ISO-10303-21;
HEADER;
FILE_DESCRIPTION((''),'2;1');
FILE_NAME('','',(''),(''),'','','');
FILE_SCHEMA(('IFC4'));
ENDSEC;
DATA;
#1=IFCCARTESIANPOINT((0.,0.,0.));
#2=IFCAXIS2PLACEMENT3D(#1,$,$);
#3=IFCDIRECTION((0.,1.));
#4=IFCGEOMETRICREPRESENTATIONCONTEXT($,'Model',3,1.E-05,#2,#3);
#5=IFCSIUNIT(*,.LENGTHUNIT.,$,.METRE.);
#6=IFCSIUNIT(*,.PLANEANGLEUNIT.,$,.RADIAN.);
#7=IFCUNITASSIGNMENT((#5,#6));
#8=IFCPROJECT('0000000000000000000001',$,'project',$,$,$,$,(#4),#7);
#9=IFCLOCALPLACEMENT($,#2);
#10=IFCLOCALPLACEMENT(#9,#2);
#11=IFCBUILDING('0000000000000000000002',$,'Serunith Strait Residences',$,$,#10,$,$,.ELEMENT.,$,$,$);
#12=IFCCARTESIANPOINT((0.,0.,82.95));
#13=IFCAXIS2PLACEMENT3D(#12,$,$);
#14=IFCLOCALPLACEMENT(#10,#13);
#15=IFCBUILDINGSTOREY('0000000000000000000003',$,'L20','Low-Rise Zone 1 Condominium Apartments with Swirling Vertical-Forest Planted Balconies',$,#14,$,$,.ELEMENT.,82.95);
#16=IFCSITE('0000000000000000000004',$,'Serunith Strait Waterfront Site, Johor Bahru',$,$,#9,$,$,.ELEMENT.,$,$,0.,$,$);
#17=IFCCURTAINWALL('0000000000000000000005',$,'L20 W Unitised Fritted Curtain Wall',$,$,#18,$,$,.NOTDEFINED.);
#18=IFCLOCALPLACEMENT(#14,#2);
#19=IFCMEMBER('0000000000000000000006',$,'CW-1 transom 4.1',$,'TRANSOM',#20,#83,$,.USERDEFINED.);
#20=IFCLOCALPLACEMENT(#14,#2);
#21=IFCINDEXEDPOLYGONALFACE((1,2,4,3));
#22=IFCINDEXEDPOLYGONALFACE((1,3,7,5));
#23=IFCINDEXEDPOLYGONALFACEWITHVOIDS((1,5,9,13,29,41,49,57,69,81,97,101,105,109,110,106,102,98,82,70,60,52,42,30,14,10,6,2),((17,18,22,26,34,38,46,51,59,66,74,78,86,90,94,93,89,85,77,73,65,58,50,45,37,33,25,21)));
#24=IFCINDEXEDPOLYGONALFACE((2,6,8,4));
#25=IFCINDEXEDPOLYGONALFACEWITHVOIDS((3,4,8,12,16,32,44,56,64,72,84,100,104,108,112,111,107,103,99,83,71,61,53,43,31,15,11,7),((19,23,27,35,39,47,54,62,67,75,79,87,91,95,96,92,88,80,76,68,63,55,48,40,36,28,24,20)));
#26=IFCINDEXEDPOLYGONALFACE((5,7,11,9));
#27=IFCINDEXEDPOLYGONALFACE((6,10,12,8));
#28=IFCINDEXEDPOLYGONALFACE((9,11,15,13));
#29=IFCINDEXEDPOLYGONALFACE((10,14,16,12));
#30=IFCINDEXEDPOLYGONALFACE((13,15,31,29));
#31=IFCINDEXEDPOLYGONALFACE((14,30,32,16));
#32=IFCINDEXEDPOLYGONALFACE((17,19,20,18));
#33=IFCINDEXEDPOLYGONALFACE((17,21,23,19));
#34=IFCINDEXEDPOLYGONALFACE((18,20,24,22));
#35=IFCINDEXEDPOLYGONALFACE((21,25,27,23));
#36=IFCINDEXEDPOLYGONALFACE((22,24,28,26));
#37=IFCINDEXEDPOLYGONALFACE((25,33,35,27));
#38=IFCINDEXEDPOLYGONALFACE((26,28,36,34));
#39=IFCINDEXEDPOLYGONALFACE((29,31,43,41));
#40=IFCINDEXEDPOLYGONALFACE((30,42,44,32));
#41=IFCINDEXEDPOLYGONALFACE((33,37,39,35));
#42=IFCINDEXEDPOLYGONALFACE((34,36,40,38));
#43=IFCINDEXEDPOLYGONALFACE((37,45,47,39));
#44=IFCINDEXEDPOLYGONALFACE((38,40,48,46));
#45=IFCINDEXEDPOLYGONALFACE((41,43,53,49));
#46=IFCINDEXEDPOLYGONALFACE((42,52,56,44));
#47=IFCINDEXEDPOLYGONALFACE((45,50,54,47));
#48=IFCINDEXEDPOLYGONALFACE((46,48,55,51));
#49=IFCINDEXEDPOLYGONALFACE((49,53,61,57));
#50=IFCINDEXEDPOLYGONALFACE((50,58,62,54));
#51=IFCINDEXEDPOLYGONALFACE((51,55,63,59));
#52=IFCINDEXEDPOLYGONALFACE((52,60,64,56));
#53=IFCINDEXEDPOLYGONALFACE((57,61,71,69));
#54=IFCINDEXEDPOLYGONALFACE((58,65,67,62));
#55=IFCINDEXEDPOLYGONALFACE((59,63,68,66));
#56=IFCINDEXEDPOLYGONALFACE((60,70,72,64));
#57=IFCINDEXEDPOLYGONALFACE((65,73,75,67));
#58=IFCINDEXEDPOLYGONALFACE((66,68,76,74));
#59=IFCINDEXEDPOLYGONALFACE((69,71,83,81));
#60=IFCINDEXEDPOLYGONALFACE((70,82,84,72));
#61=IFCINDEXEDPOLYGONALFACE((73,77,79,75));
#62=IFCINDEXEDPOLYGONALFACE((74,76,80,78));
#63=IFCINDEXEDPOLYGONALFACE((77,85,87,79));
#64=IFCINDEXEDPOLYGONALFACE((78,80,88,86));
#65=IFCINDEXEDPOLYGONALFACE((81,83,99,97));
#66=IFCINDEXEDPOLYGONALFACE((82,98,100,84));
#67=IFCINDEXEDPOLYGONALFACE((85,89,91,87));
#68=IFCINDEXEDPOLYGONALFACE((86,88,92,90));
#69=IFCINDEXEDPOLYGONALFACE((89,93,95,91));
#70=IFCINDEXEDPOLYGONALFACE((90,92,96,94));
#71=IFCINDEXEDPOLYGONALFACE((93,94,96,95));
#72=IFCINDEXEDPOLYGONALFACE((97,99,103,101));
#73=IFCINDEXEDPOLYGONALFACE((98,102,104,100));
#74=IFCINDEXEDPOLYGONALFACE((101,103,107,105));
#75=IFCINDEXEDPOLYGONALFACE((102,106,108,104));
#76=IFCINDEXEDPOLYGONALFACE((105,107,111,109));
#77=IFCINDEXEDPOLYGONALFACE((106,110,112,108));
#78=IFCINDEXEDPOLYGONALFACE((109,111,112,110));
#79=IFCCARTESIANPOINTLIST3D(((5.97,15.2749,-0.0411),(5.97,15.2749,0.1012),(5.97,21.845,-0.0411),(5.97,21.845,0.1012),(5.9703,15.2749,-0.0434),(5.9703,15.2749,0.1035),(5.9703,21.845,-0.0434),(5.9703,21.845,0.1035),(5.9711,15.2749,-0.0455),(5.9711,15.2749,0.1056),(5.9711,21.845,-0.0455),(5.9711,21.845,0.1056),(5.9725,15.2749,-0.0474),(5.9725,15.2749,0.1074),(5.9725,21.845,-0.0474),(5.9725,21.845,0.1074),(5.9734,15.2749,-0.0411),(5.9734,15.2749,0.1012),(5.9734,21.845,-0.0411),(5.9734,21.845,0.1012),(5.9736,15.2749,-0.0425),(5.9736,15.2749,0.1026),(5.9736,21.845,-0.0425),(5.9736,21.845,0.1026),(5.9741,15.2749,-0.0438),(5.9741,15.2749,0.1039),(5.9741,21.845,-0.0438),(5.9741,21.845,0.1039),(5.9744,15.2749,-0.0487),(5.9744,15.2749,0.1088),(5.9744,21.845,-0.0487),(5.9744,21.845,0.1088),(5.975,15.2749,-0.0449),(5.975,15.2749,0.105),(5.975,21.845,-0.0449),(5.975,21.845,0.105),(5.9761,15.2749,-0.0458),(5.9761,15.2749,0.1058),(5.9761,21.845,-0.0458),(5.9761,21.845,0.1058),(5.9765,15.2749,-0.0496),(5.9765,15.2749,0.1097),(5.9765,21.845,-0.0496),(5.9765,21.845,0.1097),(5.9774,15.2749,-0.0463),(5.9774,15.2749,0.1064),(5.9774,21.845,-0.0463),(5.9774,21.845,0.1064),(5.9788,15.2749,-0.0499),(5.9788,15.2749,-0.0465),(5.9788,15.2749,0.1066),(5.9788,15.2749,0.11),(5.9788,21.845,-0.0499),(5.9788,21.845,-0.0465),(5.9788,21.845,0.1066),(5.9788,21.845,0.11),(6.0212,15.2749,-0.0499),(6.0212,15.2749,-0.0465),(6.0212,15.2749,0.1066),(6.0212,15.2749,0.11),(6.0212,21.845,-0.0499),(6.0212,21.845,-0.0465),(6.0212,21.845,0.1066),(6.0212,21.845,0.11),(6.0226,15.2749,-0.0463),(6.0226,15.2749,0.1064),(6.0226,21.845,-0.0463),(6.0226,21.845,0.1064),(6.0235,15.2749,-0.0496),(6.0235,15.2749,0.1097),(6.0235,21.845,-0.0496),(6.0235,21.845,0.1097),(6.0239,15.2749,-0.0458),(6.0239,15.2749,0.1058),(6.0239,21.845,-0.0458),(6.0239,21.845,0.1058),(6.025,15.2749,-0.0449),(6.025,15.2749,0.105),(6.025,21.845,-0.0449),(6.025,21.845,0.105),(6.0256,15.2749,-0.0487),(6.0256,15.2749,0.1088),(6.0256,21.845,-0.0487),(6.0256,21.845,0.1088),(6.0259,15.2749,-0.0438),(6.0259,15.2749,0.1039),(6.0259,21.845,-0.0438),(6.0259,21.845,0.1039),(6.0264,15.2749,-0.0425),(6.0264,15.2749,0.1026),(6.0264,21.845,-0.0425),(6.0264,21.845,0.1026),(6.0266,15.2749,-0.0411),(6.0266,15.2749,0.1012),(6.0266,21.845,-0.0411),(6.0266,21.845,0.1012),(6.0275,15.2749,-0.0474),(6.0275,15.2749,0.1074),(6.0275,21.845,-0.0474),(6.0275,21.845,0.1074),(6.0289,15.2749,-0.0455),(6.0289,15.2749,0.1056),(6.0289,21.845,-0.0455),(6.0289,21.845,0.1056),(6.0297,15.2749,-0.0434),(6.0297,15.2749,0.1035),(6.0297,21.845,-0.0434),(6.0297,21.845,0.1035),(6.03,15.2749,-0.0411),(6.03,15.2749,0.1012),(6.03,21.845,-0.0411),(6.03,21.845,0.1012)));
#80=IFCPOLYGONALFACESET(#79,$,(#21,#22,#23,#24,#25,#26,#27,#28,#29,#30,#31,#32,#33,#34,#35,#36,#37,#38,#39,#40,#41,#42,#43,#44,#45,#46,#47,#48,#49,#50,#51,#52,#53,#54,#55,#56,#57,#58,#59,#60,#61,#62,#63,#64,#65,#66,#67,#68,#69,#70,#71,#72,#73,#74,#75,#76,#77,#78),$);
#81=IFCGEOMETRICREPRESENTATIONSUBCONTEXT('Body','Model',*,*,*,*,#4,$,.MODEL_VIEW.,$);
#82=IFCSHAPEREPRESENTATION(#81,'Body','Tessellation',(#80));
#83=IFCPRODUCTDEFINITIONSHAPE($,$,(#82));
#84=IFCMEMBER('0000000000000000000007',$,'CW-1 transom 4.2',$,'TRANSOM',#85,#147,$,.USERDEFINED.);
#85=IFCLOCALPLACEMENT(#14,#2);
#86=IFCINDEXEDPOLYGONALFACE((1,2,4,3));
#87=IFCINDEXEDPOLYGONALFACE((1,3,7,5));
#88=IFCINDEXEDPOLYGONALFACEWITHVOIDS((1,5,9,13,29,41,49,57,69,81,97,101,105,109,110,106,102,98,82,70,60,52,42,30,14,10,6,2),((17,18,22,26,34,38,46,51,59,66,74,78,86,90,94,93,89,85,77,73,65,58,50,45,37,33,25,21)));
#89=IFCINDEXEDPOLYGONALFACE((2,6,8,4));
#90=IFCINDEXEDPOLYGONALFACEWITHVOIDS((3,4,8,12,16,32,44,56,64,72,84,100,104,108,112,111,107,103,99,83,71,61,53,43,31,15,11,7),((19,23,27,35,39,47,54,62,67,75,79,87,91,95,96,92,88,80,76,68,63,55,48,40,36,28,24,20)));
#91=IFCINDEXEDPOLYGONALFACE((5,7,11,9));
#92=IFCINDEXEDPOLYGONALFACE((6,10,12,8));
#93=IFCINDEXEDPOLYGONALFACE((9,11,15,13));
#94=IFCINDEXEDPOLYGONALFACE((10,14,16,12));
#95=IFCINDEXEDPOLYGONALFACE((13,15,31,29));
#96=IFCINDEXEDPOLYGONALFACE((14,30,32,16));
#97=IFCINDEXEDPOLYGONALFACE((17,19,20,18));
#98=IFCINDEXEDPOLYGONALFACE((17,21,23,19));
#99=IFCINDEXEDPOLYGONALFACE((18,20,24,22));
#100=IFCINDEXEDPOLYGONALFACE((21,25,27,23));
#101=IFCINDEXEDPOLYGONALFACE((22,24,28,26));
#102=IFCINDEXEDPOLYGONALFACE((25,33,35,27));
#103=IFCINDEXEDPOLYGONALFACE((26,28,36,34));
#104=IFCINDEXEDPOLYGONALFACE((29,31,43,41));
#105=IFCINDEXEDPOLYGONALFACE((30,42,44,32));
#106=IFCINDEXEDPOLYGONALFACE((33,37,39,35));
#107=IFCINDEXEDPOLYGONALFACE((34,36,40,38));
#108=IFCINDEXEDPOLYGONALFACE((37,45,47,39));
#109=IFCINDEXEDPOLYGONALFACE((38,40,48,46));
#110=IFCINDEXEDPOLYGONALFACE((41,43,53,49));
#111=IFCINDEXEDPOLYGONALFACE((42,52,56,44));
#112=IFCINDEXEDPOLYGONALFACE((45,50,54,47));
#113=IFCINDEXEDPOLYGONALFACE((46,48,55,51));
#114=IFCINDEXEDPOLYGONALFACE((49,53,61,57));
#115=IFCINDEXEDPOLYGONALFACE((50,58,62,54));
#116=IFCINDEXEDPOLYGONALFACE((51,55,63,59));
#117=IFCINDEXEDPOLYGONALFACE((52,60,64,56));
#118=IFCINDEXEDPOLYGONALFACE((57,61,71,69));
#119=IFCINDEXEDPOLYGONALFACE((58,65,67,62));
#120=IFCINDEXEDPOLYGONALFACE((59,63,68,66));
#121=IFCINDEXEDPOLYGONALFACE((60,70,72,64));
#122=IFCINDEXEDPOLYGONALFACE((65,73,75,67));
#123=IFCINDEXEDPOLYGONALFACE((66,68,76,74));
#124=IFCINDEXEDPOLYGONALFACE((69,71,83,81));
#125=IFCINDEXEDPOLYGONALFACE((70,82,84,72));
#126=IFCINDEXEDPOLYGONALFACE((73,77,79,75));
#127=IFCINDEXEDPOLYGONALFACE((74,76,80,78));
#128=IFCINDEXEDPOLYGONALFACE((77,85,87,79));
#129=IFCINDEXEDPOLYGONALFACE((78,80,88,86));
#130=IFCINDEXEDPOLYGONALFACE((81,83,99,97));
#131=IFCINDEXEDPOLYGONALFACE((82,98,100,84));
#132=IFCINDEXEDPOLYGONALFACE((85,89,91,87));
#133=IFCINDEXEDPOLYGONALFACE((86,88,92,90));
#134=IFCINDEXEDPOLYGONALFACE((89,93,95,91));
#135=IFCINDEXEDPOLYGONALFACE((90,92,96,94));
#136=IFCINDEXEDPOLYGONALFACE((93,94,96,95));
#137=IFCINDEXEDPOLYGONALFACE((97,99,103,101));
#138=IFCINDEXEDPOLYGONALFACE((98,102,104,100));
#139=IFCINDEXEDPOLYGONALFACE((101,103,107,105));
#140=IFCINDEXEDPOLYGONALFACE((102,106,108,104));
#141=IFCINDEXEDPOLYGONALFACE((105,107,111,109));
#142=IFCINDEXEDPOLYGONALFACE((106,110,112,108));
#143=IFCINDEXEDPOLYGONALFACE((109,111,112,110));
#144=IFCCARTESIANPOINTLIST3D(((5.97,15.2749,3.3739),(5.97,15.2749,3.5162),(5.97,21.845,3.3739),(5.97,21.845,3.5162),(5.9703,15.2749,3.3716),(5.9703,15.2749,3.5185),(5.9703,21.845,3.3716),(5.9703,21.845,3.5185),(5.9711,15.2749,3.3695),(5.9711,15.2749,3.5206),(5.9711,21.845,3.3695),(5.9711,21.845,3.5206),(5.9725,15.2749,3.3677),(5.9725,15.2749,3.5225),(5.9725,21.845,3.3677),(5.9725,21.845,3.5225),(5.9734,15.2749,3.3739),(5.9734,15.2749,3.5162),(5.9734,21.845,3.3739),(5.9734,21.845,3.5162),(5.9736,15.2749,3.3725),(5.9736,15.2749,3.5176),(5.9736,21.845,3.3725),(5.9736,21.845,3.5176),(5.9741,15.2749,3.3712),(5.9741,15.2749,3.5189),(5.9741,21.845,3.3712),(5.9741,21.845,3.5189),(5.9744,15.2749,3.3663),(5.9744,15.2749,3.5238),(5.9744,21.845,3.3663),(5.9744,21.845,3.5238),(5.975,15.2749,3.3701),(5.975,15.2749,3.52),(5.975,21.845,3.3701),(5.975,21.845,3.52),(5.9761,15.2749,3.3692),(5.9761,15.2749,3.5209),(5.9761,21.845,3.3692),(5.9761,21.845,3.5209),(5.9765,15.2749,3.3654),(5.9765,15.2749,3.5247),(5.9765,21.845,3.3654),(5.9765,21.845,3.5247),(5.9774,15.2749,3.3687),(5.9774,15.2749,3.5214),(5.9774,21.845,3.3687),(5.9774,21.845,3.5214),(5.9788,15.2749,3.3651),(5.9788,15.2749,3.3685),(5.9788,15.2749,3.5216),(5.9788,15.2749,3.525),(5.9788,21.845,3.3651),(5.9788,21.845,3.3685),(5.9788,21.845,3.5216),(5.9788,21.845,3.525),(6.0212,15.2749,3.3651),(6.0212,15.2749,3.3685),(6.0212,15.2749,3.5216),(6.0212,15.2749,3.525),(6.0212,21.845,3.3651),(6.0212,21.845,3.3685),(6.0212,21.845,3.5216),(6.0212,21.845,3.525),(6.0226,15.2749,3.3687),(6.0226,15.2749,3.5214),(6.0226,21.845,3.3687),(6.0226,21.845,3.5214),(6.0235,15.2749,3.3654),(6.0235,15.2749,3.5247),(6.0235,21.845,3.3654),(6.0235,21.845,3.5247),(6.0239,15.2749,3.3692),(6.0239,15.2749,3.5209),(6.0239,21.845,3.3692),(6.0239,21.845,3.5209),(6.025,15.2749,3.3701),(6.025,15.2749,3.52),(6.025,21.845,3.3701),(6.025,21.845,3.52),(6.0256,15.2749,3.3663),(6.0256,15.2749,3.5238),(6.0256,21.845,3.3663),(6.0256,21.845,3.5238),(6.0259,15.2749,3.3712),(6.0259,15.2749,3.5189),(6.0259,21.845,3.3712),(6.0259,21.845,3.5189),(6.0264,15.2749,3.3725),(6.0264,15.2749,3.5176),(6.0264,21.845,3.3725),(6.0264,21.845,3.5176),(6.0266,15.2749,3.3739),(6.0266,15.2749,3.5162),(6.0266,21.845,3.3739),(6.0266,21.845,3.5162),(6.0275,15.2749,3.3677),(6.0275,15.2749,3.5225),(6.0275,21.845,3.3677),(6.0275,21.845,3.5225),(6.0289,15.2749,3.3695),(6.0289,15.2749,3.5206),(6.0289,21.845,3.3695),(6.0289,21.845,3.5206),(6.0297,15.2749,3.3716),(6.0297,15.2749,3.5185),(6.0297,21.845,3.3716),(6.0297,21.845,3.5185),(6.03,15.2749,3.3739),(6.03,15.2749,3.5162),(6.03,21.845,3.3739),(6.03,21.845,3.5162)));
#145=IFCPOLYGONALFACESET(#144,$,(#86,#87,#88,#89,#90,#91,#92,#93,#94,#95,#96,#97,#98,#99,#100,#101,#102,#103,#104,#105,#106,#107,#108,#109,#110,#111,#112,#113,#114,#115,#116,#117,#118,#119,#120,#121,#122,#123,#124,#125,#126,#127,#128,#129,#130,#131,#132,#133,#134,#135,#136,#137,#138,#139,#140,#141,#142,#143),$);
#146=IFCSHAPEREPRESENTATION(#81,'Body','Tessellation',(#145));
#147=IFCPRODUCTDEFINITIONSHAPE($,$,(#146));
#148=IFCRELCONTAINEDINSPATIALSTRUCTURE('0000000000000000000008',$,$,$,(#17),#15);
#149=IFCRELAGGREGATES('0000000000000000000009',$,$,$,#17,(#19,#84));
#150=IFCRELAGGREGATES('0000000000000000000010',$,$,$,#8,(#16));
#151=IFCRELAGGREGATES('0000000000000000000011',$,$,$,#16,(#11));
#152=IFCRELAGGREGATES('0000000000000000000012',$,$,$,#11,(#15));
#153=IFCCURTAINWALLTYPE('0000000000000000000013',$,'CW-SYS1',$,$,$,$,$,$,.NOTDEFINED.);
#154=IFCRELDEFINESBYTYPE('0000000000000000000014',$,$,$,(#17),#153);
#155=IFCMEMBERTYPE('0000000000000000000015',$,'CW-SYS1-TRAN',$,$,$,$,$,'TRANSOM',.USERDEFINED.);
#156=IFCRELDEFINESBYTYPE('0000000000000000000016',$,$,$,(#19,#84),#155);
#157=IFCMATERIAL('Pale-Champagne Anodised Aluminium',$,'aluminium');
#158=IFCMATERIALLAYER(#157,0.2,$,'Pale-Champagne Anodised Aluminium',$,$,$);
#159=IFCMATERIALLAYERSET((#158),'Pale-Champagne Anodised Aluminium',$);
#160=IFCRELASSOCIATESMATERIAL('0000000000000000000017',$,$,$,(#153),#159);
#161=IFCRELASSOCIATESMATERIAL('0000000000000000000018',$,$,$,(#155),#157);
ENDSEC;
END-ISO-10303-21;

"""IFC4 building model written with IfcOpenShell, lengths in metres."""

from ifc_helpers import new_model, si_unit, direction, frame, origin, origin_2d, place, context, subcontext, project, spatial, hollow_rectangle, extrude, source, transform, mapped, material, layer, layer_set, material_profile, profile_set, type_object, element, aggregate, save


model = new_model("IFC4")

# Units and contexts
model_context = context("Model", 3, precision=1e-05, world=origin(), true_north=direction((0.0, 1.0)))
body_context = subcontext(model_context, "Body", "Model", "MODEL_VIEW")
ifc_project = project(units=[si_unit("LENGTHUNIT", "METRE"), si_unit("PLANEANGLEUNIT", "RADIAN")], contexts=[model_context])

# Site, building, storey
site_placement = place(None, origin())
site = spatial("IfcSite", under=ifc_project, at=site_placement, Name="Serunith Strait Waterfront Site, Johor Bahru", CompositionType="ELEMENT", RefElevation=0.0)
building_placement = place(site_placement, origin())
building = spatial("IfcBuilding", under=site, at=building_placement, Name="Serunith Strait Residences", CompositionType="ELEMENT")
storey_placement = place(building_placement, frame((0.0, 0.0, 82.95)))
storey = spatial("IfcBuildingStorey", under=building, at=storey_placement, Name="L20", Description="Low-Rise Zone 1 Condominium Apartments with Swirling Vertical-Forest Planted Balconies", CompositionType="ELEMENT", Elevation=82.95)

# Curtain wall, members
ifc_material_1 = material(Name="Pale-Champagne Anodised Aluminium", Category="aluminium")
ifc_layer_1 = layer(ifc_material_1, 0.2, Name="Pale-Champagne Anodised Aluminium")
ifc_layer_set_1 = layer_set([ifc_layer_1], Name="Pale-Champagne Anodised Aluminium")
curtain_wall_type = type_object("IfcCurtainWallType", Name="CW-SYS1", PredefinedType="NOTDEFINED", material=ifc_layer_set_1)
curtain_wall_placement = place(storey_placement, origin())
curtain_wall = element("IfcCurtainWall", 1, at=curtain_wall_placement, inside=storey, type_object=curtain_wall_type, Name="L20 W Unitised Fritted Curtain Wall", PredefinedType="NOTDEFINED")
ifc_material_profile_1 = material_profile(ifc_material_1, hollow_rectangle(XDim=0.0601, YDim=0.1599, WallThickness=0.0034, InnerFilletRadius=0.0054, OuterFilletRadius=0.0088, at=origin_2d()), Name="ALU 160x60x3.5")
ifc_profile_set_1 = profile_set([ifc_material_profile_1], Name="Pale-Champagne Anodised Aluminium")
member_type_1 = type_object("IfcMemberType", Name="CW-SYS1-TRAN", ElementType="TRANSOM", PredefinedType="USERDEFINED", material=ifc_profile_set_1)
shared_shape_1 = source(origin(), body_context, "Body", "SweptSolid", [
    extrude(hollow_rectangle(XDim=0.0601, YDim=0.1599, WallThickness=0.0034, InnerFilletRadius=0.0054, OuterFilletRadius=0.0088, at=origin_2d()), origin(), (0.0, 0.0, 1.0), 6.5701),
])
member_1_placement = place(storey_placement, frame((6.0, 21.845, 0.03), z_axis=(0.0, -1.0, 0.0), x_axis=(1.0, 0.0, 0.0)))
member_1 = element("IfcMember", 2, at=member_1_placement, type_object=member_type_1, Name="CW-1 transom 4.1", ObjectType="TRANSOM", PredefinedType="USERDEFINED", context=body_context, shape_type="MappedRepresentation", body=[
    mapped(shared_shape_1, transform((0.0, 0.0, 0.0), scale=1.0)),
])
member_2_placement = place(storey_placement, frame((6.0, 21.845, 3.4451), z_axis=(0.0, -1.0, 0.0), x_axis=(1.0, 0.0, 0.0)))
member_2 = element("IfcMember", 3, at=member_2_placement, type_object=member_type_1, Name="CW-1 transom 4.2", ObjectType="TRANSOM", PredefinedType="USERDEFINED", context=body_context, shape_type="MappedRepresentation", body=[
    mapped(shared_shape_1, transform((0.0, 0.0, 0.0), scale=1.0)),
])
aggregate(curtain_wall, [member_1, member_2])

save(model, "model.ifc")
